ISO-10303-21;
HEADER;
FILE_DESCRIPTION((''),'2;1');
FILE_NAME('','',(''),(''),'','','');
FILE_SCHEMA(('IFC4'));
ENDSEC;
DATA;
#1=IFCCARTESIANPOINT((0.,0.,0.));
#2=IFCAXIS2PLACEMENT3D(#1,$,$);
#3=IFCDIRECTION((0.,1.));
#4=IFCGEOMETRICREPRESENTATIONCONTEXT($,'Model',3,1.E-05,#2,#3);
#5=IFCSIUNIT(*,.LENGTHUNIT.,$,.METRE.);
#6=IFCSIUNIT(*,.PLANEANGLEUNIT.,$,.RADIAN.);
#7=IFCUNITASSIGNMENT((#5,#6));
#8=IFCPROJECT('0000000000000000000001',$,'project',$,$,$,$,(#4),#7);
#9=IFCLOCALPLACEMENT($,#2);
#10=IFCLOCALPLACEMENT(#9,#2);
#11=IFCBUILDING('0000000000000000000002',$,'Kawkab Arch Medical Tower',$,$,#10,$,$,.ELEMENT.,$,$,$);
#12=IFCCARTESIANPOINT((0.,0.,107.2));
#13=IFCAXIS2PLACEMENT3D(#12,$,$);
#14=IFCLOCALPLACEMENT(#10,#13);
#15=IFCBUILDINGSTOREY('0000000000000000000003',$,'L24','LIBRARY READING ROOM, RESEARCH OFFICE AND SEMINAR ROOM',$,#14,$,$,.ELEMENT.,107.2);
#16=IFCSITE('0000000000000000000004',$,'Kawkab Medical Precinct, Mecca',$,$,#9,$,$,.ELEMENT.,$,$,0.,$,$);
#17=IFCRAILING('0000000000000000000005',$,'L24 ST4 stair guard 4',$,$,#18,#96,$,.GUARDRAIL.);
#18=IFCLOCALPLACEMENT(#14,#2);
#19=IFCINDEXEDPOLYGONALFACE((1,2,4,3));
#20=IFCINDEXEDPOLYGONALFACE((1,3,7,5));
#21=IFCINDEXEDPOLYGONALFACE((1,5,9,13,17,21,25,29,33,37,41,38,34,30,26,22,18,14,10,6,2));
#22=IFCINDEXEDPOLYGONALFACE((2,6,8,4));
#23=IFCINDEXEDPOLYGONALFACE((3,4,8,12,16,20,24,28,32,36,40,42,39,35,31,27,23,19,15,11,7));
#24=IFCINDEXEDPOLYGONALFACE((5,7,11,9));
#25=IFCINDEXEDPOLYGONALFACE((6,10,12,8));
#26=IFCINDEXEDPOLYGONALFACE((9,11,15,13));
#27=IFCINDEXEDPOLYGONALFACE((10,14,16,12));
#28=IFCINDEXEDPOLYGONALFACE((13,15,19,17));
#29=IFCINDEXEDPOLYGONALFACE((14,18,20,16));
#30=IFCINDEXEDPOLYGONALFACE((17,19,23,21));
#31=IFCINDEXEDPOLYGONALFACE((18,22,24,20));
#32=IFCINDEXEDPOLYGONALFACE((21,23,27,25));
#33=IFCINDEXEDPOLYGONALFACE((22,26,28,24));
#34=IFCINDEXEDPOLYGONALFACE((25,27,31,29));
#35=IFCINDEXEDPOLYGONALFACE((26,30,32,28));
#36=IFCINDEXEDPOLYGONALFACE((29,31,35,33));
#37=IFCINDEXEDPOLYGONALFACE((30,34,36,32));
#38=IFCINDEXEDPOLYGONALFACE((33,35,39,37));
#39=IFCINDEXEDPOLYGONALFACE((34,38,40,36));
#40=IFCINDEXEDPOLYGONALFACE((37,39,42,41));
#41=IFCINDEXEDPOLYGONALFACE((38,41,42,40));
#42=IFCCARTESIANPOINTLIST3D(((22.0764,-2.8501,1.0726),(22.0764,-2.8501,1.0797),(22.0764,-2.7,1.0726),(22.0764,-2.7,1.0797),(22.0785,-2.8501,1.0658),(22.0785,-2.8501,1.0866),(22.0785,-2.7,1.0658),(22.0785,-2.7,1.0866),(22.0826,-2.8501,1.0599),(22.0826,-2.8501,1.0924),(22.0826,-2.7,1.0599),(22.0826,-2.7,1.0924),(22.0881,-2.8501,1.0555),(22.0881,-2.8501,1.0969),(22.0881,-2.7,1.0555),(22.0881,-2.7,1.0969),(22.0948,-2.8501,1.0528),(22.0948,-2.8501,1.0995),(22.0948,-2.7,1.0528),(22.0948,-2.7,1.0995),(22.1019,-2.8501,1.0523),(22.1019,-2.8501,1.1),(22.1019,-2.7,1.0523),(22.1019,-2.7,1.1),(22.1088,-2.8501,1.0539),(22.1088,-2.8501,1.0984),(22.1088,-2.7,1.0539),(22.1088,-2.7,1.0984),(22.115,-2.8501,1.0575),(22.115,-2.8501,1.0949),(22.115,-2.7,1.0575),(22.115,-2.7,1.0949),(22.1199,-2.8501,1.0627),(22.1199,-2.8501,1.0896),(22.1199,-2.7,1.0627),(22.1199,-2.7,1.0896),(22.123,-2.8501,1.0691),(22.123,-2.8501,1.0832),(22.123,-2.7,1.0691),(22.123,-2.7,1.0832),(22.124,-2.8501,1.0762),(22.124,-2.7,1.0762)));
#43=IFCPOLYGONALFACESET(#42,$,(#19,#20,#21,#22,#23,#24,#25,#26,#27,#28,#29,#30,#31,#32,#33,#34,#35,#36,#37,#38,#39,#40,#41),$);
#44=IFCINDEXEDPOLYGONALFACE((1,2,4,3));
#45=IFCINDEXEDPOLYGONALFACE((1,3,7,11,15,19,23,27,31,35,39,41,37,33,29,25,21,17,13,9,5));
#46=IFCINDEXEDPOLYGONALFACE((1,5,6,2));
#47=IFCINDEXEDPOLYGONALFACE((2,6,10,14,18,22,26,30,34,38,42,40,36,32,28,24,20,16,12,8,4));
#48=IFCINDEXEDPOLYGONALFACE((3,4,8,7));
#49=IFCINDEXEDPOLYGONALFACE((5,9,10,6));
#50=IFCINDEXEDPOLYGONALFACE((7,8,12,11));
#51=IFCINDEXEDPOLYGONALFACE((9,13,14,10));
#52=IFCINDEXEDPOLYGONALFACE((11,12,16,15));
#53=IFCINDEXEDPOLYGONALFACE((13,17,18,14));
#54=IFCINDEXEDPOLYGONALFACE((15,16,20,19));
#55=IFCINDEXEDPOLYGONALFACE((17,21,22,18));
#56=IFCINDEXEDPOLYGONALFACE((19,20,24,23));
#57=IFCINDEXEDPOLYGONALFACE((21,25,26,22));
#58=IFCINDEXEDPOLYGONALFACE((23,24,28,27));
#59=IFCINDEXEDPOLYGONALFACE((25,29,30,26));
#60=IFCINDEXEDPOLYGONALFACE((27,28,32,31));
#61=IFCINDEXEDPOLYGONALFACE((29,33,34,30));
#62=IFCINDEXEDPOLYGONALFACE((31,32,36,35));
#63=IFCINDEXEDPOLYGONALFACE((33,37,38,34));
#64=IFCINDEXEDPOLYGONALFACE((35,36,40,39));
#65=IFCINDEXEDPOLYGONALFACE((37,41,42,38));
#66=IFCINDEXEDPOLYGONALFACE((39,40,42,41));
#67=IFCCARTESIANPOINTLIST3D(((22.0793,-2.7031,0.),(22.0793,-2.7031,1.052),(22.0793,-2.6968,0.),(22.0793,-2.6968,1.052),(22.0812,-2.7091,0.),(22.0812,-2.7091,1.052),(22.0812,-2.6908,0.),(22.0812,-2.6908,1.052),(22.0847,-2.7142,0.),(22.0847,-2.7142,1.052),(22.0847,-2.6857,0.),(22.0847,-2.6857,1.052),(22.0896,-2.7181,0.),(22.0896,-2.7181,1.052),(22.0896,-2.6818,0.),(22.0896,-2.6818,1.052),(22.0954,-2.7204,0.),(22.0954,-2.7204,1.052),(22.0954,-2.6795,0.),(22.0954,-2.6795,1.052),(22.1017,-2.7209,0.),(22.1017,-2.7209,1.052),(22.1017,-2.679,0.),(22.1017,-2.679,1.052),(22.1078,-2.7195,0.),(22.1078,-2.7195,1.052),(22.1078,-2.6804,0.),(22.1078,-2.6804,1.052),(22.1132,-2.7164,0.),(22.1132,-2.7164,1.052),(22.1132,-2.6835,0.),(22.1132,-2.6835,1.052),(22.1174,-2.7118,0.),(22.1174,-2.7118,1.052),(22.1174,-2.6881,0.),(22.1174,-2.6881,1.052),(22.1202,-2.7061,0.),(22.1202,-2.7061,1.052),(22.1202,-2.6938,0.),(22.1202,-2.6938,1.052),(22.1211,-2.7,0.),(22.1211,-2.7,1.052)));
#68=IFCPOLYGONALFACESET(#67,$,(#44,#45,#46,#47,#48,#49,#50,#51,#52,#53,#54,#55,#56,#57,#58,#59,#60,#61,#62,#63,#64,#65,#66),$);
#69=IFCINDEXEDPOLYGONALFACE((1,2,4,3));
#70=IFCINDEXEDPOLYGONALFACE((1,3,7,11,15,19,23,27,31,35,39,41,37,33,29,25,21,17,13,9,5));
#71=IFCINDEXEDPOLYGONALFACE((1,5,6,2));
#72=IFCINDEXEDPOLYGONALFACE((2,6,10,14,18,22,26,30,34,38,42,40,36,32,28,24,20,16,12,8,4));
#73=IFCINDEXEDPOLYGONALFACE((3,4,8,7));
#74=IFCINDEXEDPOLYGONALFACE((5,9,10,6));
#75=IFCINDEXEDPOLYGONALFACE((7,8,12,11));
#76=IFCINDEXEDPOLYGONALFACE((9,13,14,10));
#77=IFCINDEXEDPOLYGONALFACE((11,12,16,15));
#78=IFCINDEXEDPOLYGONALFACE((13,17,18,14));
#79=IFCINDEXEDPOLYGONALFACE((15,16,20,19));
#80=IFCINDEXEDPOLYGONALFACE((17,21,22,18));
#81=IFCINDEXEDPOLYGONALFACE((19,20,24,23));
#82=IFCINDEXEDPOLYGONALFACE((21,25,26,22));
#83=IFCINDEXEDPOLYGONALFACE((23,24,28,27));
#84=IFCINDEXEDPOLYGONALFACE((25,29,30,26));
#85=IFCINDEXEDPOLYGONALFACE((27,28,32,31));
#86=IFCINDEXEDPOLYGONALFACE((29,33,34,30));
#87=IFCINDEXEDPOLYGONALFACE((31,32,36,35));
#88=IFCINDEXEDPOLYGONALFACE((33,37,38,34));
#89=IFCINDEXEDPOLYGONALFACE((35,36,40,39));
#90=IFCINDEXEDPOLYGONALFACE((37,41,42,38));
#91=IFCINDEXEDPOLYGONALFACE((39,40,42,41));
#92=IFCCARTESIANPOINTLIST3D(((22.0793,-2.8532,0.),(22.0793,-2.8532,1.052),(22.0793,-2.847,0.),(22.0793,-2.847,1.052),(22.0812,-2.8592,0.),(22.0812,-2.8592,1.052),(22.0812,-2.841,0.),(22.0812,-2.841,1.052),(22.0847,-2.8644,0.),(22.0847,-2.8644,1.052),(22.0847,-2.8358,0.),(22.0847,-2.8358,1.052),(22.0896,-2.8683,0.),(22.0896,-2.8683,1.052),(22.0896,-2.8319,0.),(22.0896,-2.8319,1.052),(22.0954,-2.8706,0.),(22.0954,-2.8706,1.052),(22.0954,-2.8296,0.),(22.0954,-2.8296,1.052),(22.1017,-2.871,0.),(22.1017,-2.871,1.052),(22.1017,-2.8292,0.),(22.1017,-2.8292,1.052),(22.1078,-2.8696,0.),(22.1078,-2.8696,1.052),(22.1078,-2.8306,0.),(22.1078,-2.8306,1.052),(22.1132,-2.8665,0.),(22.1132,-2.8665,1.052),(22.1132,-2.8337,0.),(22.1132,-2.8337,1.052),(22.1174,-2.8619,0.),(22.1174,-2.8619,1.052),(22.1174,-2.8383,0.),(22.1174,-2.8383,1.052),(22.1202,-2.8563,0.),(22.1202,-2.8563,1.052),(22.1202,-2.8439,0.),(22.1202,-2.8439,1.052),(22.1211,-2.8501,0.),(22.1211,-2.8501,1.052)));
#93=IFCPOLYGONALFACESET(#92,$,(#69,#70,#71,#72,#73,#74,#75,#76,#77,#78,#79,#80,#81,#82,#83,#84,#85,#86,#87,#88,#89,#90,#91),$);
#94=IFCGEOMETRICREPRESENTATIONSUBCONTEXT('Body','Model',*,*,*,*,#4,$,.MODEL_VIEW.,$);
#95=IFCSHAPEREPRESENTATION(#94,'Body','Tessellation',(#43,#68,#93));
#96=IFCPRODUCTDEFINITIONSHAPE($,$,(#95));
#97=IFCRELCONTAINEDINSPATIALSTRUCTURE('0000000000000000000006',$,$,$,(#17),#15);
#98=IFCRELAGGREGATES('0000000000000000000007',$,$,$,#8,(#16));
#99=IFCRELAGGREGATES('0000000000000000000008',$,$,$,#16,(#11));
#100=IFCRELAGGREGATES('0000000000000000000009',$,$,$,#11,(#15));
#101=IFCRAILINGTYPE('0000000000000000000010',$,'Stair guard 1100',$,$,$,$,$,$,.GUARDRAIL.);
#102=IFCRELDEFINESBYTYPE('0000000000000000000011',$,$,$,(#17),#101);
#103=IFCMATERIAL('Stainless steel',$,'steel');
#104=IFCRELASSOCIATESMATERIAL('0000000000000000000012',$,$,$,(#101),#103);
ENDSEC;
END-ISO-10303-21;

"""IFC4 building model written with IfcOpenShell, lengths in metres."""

from ifc_helpers import new_model, si_unit, direction, frame, origin, origin_2d, place, context, subcontext, project, spatial, circle, extrude, material, type_object, element, save


model = new_model("IFC4")

# Units and contexts
model_context = context("Model", 3, precision=1e-05, world=origin(), true_north=direction((0.0, 1.0)))
body_context = subcontext(model_context, "Body", "Model", "MODEL_VIEW")
ifc_project = project(units=[si_unit("LENGTHUNIT", "METRE"), si_unit("PLANEANGLEUNIT", "RADIAN")], contexts=[model_context])

# Site, building, storey
site_placement = place(None, origin())
site = spatial("IfcSite", under=ifc_project, at=site_placement, Name="Kawkab Medical Precinct, Mecca", CompositionType="ELEMENT", RefElevation=0.0)
building_placement = place(site_placement, origin())
building = spatial("IfcBuilding", under=site, at=building_placement, Name="Kawkab Arch Medical Tower", CompositionType="ELEMENT")
storey_placement = place(building_placement, frame((0.0, 0.0, 107.2)))
storey = spatial("IfcBuildingStorey", under=building, at=storey_placement, Name="L24", Description="LIBRARY READING ROOM, RESEARCH OFFICE AND SEMINAR ROOM", CompositionType="ELEMENT", Elevation=107.2)

# Railing
ifc_material_1 = material(Name="Stainless steel", Category="steel")
railing_type_1 = type_object("IfcRailingType", Name="Stair guard 1100", PredefinedType="GUARDRAIL", material=ifc_material_1)
railing_1_placement = place(storey_placement, frame((22.1001, -2.7, 0.0)))
element("IfcRailing", 1, at=railing_1_placement, inside=storey, type_object=railing_type_1, Name="L24 ST4 stair guard 4", PredefinedType="GUARDRAIL", context=body_context, shape_type="SweptSolid", body=[
    extrude(circle(Radius=0.0239, at=origin_2d()), frame((0.0, 0.0, 1.0762), z_axis=(0.0, -1.0, 0.0), x_axis=(1.0, 0.0, 0.0)), (0.0, 0.0, 1.0), 0.1501),
    extrude(circle(Radius=0.021, at=origin_2d()), origin(), (0.0, 0.0, 1.0), 1.052),
    extrude(circle(Radius=0.021, at=origin_2d()), frame((0.0, -0.1501, 0.0)), (0.0, 0.0, 1.0), 1.052),
])

save(model, "model.ifc")
